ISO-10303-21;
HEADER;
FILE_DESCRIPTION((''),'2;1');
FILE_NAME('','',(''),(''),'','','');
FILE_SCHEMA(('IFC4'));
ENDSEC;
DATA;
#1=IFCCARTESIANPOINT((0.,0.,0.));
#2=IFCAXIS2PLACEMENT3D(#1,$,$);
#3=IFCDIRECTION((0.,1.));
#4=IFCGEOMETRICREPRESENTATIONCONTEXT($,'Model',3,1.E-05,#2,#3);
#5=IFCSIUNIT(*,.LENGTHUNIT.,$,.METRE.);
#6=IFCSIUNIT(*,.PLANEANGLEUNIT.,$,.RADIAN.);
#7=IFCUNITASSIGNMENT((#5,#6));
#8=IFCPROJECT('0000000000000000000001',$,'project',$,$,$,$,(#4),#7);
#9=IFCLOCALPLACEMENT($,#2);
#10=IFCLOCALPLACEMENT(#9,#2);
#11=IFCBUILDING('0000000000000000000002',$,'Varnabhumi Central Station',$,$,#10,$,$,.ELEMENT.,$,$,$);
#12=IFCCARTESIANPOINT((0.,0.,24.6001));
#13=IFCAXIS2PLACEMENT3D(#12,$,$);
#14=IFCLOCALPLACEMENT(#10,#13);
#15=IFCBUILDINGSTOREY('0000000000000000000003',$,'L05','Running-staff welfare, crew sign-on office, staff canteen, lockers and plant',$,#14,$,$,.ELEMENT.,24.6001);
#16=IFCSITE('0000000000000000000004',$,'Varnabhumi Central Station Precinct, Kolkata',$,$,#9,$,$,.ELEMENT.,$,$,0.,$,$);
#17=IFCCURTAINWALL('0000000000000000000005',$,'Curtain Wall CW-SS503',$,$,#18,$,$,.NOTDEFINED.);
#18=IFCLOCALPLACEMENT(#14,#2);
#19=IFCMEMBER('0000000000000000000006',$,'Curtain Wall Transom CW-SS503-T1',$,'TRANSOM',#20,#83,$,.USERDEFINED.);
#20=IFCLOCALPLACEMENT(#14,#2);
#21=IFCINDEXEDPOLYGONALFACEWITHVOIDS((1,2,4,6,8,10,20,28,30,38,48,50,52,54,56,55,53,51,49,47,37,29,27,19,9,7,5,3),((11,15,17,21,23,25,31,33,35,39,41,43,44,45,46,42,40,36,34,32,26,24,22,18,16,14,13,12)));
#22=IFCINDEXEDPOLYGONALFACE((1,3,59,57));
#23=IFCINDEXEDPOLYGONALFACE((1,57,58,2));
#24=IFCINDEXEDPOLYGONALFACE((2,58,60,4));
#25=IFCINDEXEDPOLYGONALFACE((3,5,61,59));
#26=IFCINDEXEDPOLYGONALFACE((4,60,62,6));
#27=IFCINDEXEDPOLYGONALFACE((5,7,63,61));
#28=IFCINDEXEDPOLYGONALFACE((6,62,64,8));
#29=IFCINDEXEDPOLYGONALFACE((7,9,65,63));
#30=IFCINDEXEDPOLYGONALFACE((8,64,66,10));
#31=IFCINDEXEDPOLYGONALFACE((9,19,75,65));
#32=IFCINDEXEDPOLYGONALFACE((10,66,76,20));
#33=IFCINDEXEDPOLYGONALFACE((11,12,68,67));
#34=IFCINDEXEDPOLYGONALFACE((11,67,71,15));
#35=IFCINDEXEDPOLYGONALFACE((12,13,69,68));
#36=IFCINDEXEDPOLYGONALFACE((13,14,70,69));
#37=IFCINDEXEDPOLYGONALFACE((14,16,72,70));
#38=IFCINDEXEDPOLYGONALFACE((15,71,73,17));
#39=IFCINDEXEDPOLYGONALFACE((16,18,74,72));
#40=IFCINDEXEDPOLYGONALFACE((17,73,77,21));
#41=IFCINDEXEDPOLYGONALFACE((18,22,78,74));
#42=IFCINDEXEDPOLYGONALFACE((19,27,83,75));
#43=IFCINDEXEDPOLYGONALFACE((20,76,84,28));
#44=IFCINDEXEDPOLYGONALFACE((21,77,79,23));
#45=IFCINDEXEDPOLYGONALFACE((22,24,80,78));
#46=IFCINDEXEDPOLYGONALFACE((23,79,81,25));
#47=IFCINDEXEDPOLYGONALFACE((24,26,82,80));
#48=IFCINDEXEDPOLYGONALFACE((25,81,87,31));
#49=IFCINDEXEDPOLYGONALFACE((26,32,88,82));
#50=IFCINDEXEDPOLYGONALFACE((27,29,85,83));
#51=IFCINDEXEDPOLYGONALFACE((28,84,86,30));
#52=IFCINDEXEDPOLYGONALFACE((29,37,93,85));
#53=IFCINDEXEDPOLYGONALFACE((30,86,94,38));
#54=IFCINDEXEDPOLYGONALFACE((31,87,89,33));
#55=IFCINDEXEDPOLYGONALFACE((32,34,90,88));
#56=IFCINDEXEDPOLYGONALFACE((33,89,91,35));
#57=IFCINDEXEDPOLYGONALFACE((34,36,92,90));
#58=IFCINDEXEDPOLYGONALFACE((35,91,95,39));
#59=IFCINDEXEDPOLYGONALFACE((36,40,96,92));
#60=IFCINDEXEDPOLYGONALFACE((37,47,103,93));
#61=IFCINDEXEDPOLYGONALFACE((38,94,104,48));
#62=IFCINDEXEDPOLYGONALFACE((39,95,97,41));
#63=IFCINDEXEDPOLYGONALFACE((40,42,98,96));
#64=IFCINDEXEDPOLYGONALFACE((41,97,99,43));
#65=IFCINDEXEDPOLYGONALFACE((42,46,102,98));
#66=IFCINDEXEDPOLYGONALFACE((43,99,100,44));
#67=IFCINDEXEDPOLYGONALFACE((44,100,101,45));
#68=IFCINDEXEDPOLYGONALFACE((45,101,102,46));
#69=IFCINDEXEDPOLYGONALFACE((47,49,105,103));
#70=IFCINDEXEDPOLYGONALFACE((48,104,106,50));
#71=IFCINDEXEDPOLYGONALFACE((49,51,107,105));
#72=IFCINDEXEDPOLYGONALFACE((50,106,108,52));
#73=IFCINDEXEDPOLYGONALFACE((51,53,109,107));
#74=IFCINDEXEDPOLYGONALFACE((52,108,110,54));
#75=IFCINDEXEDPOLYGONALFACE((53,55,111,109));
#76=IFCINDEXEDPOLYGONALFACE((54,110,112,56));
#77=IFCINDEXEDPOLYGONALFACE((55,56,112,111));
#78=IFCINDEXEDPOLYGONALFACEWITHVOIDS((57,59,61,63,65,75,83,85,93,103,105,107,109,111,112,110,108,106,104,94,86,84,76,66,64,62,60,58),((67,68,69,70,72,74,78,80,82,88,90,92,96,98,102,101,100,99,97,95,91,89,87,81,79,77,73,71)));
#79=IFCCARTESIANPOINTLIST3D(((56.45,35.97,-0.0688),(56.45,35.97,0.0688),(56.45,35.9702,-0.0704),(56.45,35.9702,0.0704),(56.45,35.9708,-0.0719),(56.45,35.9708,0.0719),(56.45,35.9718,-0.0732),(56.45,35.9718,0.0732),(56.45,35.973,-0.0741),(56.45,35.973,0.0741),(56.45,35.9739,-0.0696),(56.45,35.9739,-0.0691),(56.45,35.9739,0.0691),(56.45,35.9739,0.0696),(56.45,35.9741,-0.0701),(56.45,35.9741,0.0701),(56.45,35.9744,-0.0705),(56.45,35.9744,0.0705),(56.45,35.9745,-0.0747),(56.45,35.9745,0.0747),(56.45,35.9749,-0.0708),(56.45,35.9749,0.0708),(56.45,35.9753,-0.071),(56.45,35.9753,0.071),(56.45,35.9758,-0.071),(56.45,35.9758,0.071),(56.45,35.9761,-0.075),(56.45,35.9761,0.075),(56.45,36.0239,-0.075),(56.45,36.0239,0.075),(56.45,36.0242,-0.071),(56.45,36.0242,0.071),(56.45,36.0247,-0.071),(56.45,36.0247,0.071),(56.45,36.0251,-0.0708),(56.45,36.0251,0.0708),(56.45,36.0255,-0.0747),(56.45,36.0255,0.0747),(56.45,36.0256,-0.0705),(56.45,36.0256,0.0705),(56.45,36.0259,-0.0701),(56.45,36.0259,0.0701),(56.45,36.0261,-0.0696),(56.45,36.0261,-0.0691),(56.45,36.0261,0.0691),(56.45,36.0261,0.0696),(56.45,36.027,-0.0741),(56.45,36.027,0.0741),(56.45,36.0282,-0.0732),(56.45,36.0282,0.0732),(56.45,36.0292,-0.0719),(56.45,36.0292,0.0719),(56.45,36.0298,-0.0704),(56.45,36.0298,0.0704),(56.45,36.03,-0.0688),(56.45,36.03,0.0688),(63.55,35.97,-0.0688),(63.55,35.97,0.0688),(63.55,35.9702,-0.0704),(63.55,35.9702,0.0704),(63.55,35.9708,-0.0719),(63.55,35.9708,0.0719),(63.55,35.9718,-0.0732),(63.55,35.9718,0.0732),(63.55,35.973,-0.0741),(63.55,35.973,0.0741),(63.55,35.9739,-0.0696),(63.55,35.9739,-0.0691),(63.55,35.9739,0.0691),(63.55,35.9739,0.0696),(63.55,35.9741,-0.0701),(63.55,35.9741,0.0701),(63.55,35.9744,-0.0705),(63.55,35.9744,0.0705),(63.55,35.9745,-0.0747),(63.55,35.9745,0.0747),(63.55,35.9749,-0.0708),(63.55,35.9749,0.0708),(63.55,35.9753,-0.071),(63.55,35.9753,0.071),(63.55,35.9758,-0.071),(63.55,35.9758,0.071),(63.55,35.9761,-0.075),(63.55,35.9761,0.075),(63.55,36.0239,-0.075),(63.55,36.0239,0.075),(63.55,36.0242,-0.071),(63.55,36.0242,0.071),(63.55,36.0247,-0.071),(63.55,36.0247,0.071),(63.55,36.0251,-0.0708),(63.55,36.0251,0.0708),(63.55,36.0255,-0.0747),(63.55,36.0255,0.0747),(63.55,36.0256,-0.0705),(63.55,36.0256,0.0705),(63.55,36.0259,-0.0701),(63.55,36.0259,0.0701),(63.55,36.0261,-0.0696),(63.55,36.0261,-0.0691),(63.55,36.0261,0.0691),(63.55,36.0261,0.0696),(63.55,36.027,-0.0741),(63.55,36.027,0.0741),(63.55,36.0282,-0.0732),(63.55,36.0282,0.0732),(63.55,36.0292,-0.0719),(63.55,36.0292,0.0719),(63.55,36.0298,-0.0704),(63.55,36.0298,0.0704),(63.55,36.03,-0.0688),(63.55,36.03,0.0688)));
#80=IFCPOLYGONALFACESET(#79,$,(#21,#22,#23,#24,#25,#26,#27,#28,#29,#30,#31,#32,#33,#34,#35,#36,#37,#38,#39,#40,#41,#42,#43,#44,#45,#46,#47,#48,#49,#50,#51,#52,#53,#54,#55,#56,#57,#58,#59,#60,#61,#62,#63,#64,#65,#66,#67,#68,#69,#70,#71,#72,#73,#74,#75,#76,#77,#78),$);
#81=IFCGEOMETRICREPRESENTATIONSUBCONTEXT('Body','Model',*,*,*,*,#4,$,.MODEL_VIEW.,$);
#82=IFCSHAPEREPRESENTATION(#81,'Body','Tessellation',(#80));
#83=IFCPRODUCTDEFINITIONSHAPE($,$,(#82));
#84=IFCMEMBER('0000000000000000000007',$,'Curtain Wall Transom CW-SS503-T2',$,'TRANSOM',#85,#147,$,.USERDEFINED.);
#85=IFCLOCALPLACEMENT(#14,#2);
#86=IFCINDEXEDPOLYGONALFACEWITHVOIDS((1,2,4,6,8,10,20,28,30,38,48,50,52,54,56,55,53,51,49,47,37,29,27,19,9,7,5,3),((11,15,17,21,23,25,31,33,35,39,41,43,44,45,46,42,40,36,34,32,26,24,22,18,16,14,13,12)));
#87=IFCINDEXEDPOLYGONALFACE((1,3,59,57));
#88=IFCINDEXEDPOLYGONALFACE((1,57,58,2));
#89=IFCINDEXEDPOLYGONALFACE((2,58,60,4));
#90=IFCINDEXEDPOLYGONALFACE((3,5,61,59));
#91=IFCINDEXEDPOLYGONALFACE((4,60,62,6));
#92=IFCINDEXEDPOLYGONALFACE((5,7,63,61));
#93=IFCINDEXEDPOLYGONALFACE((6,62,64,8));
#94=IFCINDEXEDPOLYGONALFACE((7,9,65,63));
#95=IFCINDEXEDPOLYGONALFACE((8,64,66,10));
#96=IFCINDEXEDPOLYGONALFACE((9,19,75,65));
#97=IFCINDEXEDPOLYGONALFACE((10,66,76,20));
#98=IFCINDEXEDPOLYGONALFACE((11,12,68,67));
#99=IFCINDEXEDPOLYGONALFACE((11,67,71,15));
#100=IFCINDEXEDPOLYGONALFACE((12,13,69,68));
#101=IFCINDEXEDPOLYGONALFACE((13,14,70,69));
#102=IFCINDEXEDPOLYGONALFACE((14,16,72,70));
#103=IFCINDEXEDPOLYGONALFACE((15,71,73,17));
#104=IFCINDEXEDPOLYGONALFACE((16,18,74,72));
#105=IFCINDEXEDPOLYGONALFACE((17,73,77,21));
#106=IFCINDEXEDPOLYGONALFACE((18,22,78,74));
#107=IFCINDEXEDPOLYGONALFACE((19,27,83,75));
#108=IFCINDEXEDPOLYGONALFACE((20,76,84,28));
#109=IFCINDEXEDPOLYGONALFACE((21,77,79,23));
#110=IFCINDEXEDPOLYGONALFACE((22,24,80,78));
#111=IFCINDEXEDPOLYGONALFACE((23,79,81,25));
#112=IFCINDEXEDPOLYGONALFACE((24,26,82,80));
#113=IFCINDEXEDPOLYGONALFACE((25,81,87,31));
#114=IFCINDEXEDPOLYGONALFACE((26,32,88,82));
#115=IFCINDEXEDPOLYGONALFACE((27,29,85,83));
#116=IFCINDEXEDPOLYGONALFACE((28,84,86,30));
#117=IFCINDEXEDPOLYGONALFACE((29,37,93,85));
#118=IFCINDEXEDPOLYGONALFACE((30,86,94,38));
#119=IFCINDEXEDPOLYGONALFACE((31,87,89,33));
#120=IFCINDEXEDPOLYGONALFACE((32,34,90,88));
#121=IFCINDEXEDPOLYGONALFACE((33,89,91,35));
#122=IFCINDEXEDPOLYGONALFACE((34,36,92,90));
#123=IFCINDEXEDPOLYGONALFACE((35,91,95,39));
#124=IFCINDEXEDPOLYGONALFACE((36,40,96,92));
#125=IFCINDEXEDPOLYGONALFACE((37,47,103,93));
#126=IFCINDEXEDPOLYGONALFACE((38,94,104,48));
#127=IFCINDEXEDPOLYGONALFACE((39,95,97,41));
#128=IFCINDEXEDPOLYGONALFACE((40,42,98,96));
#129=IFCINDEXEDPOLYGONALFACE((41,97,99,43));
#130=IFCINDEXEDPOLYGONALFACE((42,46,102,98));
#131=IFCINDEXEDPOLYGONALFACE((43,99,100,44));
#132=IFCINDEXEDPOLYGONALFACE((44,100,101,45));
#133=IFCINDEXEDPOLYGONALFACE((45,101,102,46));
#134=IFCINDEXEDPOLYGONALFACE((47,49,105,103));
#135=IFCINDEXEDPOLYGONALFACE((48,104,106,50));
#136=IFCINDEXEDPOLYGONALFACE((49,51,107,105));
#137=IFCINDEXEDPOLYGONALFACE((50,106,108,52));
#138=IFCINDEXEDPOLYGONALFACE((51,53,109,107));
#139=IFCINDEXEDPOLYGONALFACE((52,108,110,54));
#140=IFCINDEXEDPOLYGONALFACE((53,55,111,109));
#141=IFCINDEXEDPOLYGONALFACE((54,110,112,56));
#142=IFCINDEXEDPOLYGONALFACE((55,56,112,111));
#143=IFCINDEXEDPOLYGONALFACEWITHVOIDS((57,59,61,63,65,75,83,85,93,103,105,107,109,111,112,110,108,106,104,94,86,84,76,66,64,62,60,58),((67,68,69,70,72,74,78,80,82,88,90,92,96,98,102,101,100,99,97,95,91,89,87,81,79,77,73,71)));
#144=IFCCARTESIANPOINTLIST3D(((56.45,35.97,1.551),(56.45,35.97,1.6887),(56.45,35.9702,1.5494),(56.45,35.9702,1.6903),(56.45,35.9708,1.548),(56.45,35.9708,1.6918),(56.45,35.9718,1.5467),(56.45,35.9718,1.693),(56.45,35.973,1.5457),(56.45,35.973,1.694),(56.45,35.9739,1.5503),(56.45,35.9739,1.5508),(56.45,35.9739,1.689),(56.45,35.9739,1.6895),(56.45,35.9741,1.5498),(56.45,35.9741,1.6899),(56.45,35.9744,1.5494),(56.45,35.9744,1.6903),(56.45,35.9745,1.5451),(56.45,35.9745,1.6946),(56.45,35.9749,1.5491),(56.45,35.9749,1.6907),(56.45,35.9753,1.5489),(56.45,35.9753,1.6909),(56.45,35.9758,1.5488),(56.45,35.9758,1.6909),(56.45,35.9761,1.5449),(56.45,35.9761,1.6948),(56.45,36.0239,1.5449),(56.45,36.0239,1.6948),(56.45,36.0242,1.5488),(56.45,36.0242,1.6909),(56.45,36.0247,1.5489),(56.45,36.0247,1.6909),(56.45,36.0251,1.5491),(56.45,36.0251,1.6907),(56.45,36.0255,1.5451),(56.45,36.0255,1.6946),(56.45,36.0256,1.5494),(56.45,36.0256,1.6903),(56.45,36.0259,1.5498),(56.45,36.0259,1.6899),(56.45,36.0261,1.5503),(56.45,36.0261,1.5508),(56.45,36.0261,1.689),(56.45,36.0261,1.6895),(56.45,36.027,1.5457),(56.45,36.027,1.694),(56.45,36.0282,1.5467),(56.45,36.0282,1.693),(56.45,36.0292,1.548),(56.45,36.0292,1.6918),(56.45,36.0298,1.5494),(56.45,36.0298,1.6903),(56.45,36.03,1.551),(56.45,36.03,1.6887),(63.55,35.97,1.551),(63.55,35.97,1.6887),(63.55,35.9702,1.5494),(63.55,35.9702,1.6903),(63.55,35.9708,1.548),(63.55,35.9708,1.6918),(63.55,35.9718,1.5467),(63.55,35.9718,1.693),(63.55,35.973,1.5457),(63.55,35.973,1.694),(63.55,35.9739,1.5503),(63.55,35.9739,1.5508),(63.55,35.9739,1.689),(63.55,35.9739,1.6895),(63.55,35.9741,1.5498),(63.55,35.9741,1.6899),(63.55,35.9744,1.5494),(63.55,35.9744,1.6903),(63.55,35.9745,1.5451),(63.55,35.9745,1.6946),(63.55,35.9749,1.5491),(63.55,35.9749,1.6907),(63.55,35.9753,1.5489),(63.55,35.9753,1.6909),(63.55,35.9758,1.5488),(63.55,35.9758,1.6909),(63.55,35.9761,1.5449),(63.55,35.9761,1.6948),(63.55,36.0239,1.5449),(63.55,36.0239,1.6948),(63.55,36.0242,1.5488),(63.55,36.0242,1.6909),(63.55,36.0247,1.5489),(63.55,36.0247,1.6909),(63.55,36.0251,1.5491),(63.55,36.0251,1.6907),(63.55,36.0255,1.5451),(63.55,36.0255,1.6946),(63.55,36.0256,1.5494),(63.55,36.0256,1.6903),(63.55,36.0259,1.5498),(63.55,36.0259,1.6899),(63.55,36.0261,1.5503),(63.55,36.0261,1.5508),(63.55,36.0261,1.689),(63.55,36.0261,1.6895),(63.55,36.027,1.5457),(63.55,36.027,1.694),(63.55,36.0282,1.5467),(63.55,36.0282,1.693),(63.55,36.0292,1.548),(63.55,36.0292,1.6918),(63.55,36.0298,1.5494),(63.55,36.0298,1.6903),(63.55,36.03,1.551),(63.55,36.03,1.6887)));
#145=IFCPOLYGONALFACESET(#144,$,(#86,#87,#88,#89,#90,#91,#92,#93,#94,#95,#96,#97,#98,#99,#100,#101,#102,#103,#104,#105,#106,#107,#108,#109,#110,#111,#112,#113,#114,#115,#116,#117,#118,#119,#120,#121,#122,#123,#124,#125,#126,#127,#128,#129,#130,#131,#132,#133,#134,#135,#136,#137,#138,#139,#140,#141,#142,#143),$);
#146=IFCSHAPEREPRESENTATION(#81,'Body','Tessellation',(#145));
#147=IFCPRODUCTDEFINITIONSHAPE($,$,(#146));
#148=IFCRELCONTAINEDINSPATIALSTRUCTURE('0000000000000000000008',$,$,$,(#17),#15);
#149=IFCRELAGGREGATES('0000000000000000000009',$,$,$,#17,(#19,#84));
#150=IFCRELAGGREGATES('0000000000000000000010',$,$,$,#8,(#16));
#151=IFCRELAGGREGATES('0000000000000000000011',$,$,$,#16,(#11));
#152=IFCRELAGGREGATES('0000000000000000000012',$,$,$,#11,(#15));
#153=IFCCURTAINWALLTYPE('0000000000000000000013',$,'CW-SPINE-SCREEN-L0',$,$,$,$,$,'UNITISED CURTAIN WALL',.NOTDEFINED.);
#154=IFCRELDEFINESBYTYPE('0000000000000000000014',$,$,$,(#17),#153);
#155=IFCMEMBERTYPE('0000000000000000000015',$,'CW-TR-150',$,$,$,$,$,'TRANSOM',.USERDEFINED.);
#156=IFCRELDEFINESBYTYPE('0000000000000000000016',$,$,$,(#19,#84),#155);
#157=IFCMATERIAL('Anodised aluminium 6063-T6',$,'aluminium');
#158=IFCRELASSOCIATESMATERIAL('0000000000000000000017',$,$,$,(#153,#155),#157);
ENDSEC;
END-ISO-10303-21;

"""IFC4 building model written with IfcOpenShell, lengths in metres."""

from ifc_helpers import new_model, si_unit, direction, frame, origin, origin_2d, place, context, subcontext, project, spatial, hollow_rectangle, extrude, material, material_profile, profile_set, type_object, element, aggregate, save


model = new_model("IFC4")

# Units and contexts
model_context = context("Model", 3, precision=1e-05, world=origin(), true_north=direction((0.0, 1.0)))
body_context = subcontext(model_context, "Body", "Model", "MODEL_VIEW")
ifc_project = project(units=[si_unit("LENGTHUNIT", "METRE"), si_unit("PLANEANGLEUNIT", "RADIAN")], contexts=[model_context])

# Site, building, storey
site_placement = place(None, origin())
site = spatial("IfcSite", under=ifc_project, at=site_placement, Name="Varnabhumi Central Station Precinct, Kolkata", CompositionType="ELEMENT", RefElevation=0.0)
building_placement = place(site_placement, origin())
building = spatial("IfcBuilding", under=site, at=building_placement, Name="Varnabhumi Central Station", CompositionType="ELEMENT")
storey_placement = place(building_placement, frame((0.0, 0.0, 24.6001)))
storey = spatial("IfcBuildingStorey", under=building, at=storey_placement, Name="L05", Description="Running-staff welfare, crew sign-on office, staff canteen, lockers and plant", CompositionType="ELEMENT", Elevation=24.6001)

# Curtain wall, members
ifc_material_1 = material(Name="Anodised aluminium 6063-T6", Category="aluminium")
curtain_wall_type = type_object("IfcCurtainWallType", Name="CW-SPINE-SCREEN-L0", ElementType="UNITISED CURTAIN WALL", PredefinedType="NOTDEFINED", material=ifc_material_1)
curtain_wall_placement = place(storey_placement, origin())
curtain_wall = element("IfcCurtainWall", 1, at=curtain_wall_placement, inside=storey, type_object=curtain_wall_type, Name="Curtain Wall CW-SS503", PredefinedType="NOTDEFINED")
ifc_material_profile_1 = material_profile(ifc_material_1, hollow_rectangle(XDim=0.0601, YDim=0.1499, WallThickness=0.0039, InnerFilletRadius=0.002, OuterFilletRadius=0.0061, at=origin_2d()), Name="Anodised aluminium 6063-T6", Category="aluminium")
ifc_profile_set_1 = profile_set([ifc_material_profile_1], Name="Anodised aluminium 6063-T6")
member_type_1 = type_object("IfcMemberType", Name="CW-TR-150", ElementType="TRANSOM", PredefinedType="USERDEFINED", material=ifc_profile_set_1)
member_1_placement = place(storey_placement, frame((56.45, 36.0, 0.0), z_axis=(1.0, 0.0, 0.0), x_axis=(0.0, 1.0, 0.0)))
member_1 = element("IfcMember", 2, at=member_1_placement, type_object=member_type_1, Name="Curtain Wall Transom CW-SS503-T1", ObjectType="TRANSOM", PredefinedType="USERDEFINED", context=body_context, shape_type="SweptSolid", body=[
    extrude(hollow_rectangle(XDim=0.0601, YDim=0.1499, WallThickness=0.0039, InnerFilletRadius=0.002, OuterFilletRadius=0.0061, at=origin_2d()), origin(), (0.0, 0.0, 1.0), 7.1001),
])
member_2_placement = place(storey_placement, frame((56.45, 36.0, 1.6199), z_axis=(1.0, 0.0, 0.0), x_axis=(0.0, 1.0, 0.0)))
member_2 = element("IfcMember", 3, at=member_2_placement, type_object=member_type_1, Name="Curtain Wall Transom CW-SS503-T2", ObjectType="TRANSOM", PredefinedType="USERDEFINED", context=body_context, shape_type="SweptSolid", body=[
    extrude(hollow_rectangle(XDim=0.0601, YDim=0.1499, WallThickness=0.0039, InnerFilletRadius=0.002, OuterFilletRadius=0.0061, at=origin_2d()), origin(), (0.0, 0.0, 1.0), 7.1001),
])

aggregate(curtain_wall, [member_1, member_2])

save(model, "model.ifc")
